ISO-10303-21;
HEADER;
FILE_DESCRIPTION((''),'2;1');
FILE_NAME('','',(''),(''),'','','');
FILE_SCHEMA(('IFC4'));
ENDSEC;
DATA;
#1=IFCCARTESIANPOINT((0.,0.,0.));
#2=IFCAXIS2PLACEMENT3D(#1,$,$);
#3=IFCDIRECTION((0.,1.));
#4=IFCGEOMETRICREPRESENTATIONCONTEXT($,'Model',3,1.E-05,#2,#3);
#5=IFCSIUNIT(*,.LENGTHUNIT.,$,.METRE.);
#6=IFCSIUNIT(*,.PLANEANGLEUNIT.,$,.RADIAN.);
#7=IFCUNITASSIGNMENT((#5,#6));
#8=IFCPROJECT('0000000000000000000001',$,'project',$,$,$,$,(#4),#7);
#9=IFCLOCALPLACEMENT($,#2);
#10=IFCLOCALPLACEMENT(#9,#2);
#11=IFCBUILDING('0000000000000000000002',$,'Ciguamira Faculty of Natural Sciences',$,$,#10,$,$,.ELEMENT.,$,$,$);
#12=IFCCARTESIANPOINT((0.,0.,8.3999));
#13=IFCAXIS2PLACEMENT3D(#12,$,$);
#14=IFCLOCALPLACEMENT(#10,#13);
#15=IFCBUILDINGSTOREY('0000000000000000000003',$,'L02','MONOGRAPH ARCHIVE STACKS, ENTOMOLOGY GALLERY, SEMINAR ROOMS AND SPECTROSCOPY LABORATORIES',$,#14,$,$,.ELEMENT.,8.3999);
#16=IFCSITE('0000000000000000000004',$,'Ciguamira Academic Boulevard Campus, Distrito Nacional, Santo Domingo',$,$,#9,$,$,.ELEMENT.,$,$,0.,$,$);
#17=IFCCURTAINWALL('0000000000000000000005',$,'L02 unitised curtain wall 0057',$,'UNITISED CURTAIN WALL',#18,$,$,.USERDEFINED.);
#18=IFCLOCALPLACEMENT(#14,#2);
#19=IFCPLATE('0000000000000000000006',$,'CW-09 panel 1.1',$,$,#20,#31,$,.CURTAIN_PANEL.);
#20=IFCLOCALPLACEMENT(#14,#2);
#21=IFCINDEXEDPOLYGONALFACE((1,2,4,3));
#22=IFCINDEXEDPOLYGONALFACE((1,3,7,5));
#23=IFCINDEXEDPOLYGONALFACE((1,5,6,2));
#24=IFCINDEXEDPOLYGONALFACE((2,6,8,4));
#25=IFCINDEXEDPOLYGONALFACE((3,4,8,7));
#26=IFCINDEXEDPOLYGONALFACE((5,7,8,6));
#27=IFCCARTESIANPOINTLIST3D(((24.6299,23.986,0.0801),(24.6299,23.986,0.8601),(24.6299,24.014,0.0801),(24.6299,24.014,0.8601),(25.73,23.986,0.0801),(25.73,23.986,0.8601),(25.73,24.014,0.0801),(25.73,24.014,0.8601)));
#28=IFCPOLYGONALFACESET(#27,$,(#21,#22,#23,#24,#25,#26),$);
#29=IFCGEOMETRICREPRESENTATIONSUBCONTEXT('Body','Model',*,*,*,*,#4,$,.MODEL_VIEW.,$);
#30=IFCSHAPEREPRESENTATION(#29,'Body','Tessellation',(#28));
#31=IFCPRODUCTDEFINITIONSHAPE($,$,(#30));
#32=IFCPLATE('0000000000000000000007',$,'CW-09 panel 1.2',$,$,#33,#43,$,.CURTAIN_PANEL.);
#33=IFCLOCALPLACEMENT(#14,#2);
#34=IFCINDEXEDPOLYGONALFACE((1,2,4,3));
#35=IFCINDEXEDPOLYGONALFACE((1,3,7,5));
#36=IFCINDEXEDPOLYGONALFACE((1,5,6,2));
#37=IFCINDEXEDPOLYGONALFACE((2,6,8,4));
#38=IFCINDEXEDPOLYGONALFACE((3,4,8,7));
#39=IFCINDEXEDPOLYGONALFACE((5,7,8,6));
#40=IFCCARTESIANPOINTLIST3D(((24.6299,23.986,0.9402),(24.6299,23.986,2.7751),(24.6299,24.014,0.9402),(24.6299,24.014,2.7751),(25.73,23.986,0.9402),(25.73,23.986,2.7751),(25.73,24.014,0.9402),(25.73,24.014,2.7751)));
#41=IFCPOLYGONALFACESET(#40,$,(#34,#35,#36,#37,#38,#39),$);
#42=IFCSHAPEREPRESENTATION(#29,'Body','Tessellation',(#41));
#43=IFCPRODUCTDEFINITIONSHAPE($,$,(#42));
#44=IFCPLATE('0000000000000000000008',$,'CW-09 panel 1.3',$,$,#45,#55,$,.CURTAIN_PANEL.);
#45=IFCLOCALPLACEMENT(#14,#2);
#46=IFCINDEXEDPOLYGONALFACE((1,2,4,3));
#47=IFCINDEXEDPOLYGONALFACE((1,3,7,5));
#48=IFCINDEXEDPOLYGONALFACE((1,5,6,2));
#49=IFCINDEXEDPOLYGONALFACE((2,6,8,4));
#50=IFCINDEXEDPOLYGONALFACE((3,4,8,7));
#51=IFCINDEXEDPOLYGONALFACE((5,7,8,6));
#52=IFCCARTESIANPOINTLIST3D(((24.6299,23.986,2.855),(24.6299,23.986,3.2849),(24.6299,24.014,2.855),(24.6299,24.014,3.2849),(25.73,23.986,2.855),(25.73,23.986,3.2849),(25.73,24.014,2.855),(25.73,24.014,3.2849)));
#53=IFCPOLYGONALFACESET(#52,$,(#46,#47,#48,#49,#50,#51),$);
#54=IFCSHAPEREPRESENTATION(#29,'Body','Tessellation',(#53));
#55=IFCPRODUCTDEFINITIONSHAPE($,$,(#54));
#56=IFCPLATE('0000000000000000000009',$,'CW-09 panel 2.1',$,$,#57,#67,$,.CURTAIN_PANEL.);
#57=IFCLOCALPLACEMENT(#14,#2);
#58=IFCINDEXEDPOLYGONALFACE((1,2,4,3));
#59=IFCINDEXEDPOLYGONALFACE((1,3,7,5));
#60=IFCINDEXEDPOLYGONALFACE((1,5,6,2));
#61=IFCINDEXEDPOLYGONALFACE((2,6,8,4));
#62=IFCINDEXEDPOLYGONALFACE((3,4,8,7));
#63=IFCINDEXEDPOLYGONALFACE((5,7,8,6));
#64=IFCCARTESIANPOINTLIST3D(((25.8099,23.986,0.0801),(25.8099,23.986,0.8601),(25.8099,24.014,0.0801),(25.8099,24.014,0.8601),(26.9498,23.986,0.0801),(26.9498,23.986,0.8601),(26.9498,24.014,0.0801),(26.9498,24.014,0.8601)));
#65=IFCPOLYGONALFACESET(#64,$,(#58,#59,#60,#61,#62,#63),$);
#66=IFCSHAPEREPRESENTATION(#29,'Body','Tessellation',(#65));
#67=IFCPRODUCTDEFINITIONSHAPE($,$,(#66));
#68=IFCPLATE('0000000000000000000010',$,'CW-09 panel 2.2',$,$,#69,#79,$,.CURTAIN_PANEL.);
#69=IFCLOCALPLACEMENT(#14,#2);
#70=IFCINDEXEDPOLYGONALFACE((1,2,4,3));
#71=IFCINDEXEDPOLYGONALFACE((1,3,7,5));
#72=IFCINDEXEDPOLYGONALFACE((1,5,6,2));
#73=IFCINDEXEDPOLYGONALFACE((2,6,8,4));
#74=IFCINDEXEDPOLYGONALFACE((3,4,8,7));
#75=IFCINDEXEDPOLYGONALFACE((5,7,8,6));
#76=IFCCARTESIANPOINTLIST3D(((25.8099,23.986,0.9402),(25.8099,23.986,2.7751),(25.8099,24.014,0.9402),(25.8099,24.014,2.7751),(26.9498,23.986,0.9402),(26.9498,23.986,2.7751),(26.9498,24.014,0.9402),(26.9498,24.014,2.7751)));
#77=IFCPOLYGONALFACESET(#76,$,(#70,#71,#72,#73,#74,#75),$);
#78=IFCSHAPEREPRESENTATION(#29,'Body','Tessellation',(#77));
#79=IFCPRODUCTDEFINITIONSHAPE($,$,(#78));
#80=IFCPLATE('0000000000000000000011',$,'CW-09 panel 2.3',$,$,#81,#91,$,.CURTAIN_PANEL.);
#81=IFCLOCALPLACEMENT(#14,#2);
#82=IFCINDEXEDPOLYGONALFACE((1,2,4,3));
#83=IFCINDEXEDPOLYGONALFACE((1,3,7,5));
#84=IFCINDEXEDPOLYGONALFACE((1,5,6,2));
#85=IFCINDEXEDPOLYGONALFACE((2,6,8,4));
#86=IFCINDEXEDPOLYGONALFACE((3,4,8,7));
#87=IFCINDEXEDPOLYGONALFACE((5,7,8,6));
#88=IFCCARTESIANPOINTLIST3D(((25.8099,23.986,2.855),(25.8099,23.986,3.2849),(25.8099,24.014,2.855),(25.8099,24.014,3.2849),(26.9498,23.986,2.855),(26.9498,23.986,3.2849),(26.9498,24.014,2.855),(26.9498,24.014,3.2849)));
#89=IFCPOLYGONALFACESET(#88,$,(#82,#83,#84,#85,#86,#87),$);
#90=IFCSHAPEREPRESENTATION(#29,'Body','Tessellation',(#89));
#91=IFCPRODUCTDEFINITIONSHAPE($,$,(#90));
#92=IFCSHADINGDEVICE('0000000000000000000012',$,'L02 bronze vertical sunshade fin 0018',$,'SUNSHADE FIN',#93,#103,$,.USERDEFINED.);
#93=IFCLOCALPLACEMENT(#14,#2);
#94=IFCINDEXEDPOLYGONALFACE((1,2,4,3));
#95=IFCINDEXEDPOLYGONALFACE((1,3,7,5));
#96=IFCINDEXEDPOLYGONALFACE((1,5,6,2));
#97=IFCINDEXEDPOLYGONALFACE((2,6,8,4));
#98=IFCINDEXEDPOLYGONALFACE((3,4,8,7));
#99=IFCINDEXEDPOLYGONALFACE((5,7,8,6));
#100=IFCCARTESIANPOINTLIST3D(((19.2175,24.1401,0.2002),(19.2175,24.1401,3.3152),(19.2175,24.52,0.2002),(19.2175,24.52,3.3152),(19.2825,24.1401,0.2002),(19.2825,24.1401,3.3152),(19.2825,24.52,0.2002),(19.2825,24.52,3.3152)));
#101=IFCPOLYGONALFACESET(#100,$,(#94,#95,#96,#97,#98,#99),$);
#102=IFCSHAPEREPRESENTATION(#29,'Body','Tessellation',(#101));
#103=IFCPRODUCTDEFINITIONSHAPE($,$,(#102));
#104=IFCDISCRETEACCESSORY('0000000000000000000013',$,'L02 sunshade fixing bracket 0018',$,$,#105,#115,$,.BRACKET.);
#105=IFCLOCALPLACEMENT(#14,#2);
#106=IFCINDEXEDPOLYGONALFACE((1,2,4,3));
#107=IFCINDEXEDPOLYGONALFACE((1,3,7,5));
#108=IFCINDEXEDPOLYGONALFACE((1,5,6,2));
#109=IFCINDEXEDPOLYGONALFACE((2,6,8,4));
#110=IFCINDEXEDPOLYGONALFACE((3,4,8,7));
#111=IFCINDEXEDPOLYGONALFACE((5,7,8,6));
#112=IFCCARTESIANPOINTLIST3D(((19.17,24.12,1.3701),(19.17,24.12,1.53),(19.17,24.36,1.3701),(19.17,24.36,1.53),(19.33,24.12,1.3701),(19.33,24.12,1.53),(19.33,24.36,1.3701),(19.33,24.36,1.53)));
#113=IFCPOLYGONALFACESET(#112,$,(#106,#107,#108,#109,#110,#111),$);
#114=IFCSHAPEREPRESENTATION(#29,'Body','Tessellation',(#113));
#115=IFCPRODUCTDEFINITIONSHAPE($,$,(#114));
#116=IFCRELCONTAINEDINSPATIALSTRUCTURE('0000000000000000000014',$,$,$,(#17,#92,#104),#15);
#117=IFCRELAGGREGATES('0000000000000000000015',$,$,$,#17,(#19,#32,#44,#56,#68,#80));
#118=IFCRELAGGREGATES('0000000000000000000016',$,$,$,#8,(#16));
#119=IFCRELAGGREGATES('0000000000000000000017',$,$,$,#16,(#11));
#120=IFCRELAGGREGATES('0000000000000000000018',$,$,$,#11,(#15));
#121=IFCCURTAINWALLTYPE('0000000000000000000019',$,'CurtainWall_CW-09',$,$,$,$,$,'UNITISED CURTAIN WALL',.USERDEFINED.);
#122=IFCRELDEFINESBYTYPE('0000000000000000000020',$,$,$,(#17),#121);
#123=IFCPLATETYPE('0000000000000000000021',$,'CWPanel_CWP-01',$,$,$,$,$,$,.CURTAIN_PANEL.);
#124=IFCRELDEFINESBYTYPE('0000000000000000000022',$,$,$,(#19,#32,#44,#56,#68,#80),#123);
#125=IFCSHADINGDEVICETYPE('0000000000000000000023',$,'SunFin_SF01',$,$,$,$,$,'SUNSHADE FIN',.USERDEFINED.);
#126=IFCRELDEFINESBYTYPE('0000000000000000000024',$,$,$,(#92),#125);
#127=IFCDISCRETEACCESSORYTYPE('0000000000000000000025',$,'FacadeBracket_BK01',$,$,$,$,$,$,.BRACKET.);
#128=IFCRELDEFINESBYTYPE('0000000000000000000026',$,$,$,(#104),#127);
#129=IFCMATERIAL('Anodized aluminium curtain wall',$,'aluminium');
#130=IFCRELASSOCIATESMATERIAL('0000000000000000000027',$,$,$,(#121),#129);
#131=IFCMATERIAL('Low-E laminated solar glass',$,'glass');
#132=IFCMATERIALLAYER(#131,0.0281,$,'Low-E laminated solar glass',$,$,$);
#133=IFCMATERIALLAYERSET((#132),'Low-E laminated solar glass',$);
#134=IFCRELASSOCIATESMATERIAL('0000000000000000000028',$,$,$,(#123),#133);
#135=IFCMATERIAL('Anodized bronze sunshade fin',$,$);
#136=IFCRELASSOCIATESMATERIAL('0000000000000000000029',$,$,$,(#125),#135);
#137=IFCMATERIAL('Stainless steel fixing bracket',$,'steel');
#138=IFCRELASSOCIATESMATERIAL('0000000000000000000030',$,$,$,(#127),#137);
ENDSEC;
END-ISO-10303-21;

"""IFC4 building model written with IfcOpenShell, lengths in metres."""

from ifc_helpers import new_model, si_unit, direction, frame, origin, origin_2d, place, context, subcontext, project, spatial, rectangle, extrude, material, layer, layer_set, material_profile, profile_set, type_object, element, aggregate, save


model = new_model("IFC4")

# Units and contexts
model_context = context("Model", 3, precision=1e-05, world=origin(), true_north=direction((0.0, 1.0)))
body_context = subcontext(model_context, "Body", "Model", "MODEL_VIEW")
ifc_project = project(units=[si_unit("LENGTHUNIT", "METRE"), si_unit("PLANEANGLEUNIT", "RADIAN")], contexts=[model_context])

# Site, building, storey
site_placement = place(None, origin())
site = spatial("IfcSite", under=ifc_project, at=site_placement, Name="Ciguamira Academic Boulevard Campus, Distrito Nacional, Santo Domingo", CompositionType="ELEMENT", RefElevation=0.0)
building_placement = place(site_placement, origin())
building = spatial("IfcBuilding", under=site, at=building_placement, Name="Ciguamira Faculty of Natural Sciences", CompositionType="ELEMENT")
storey_placement = place(building_placement, frame((0.0, 0.0, 8.3999)))
storey = spatial("IfcBuildingStorey", under=building, at=storey_placement, Name="L02", Description="MONOGRAPH ARCHIVE STACKS, ENTOMOLOGY GALLERY, SEMINAR ROOMS AND SPECTROSCOPY LABORATORIES", CompositionType="ELEMENT", Elevation=8.3999)

# Curtain wall
ifc_material_1 = material(Name="Anodized aluminium curtain wall", Category="aluminium")
curtain_wall_type = type_object("IfcCurtainWallType", Name="CurtainWall_CW-09", ElementType="UNITISED CURTAIN WALL", PredefinedType="USERDEFINED", material=ifc_material_1)
curtain_wall_placement = place(storey_placement, origin())
curtain_wall = element("IfcCurtainWall", 1, at=curtain_wall_placement, inside=storey, type_object=curtain_wall_type, Name="L02 unitised curtain wall 0057", ObjectType="UNITISED CURTAIN WALL", PredefinedType="USERDEFINED")

# Plates
ifc_material_2 = material(Name="Low-E laminated solar glass", Category="glass")
ifc_layer = layer(ifc_material_2, 0.0281, Name="Low-E laminated solar glass")
ifc_layer_set = layer_set([ifc_layer], Name="Low-E laminated solar glass")
plate_type = type_object("IfcPlateType", Name="CWPanel_CWP-01", PredefinedType="CURTAIN_PANEL", material=ifc_layer_set)
plate_1_placement = place(storey_placement, frame((25.1799, 24.0, 0.0801), z_axis=(0.0, 0.0, 1.0), x_axis=(1.0, 0.0, 0.0)))
plate_1 = element("IfcPlate", 2, at=plate_1_placement, type_object=plate_type, Name="CW-09 panel 1.1", PredefinedType="CURTAIN_PANEL", context=body_context, shape_type="SweptSolid", body=[
    extrude(rectangle(XDim=1.1001, YDim=0.0281, at=origin_2d()), origin(), (0.0, 0.0, 1.0), 0.78),
])
plate_2_placement = place(storey_placement, frame((25.1799, 24.0, 0.9402), z_axis=(0.0, 0.0, 1.0), x_axis=(1.0, 0.0, 0.0)))
plate_2 = element("IfcPlate", 3, at=plate_2_placement, type_object=plate_type, Name="CW-09 panel 1.2", PredefinedType="CURTAIN_PANEL", context=body_context, shape_type="SweptSolid", body=[
    extrude(rectangle(XDim=1.1001, YDim=0.0281, at=origin_2d()), origin(), (0.0, 0.0, 1.0), 1.835),
])
plate_3_placement = place(storey_placement, frame((25.1799, 24.0, 2.855), z_axis=(0.0, 0.0, 1.0), x_axis=(1.0, 0.0, 0.0)))
plate_3 = element("IfcPlate", 4, at=plate_3_placement, type_object=plate_type, Name="CW-09 panel 1.3", PredefinedType="CURTAIN_PANEL", context=body_context, shape_type="SweptSolid", body=[
    extrude(rectangle(XDim=1.1001, YDim=0.0281, at=origin_2d()), origin(), (0.0, 0.0, 1.0), 0.4299),
])
plate_4_placement = place(storey_placement, frame((26.3799, 24.0, 0.0801), z_axis=(0.0, 0.0, 1.0), x_axis=(1.0, 0.0, 0.0)))
plate_4 = element("IfcPlate", 5, at=plate_4_placement, type_object=plate_type, Name="CW-09 panel 2.1", PredefinedType="CURTAIN_PANEL", context=body_context, shape_type="SweptSolid", body=[
    extrude(rectangle(XDim=1.1399, YDim=0.0281, at=origin_2d()), origin(), (0.0, 0.0, 1.0), 0.78),
])
plate_5_placement = place(storey_placement, frame((26.3799, 24.0, 0.9402), z_axis=(0.0, 0.0, 1.0), x_axis=(1.0, 0.0, 0.0)))
plate_5 = element("IfcPlate", 6, at=plate_5_placement, type_object=plate_type, Name="CW-09 panel 2.2", PredefinedType="CURTAIN_PANEL", context=body_context, shape_type="SweptSolid", body=[
    extrude(rectangle(XDim=1.1399, YDim=0.0281, at=origin_2d()), origin(), (0.0, 0.0, 1.0), 1.835),
])
plate_6_placement = place(storey_placement, frame((26.3799, 24.0, 2.855), z_axis=(0.0, 0.0, 1.0), x_axis=(1.0, 0.0, 0.0)))
plate_6 = element("IfcPlate", 7, at=plate_6_placement, type_object=plate_type, Name="CW-09 panel 2.3", PredefinedType="CURTAIN_PANEL", context=body_context, shape_type="SweptSolid", body=[
    extrude(rectangle(XDim=1.1399, YDim=0.0281, at=origin_2d()), origin(), (0.0, 0.0, 1.0), 0.4299),
])
aggregate(curtain_wall, [plate_1, plate_2, plate_3, plate_4, plate_5, plate_6])

# Shading device
ifc_material_3 = material(Name="Anodized bronze sunshade fin")
ifc_material_profile_1 = material_profile(ifc_material_3, rectangle(XDim=0.0649, YDim=0.3799, at=origin_2d()), Name="BRZ-FIN-65X380")
ifc_profile_set_1 = profile_set([ifc_material_profile_1], Name="Anodized bronze sunshade fin")
shading_device_type = type_object("IfcShadingDeviceType", Name="SunFin_SF01", ElementType="SUNSHADE FIN", PredefinedType="USERDEFINED", material=ifc_profile_set_1)
shading_device_placement = place(storey_placement, frame((19.25, 24.3301, 0.2002), z_axis=(0.0, 0.0, 1.0), x_axis=(1.0, 0.0, 0.0)))
element("IfcShadingDevice", 8, at=shading_device_placement, inside=storey, type_object=shading_device_type, Name="L02 bronze vertical sunshade fin 0018", ObjectType="SUNSHADE FIN", PredefinedType="USERDEFINED", context=body_context, shape_type="SweptSolid", body=[
    extrude(rectangle(XDim=0.0649, YDim=0.3799, at=origin_2d()), origin(), (0.0, 0.0, 1.0), 3.115),
])

# Discrete accessory
ifc_material_4 = material(Name="Stainless steel fixing bracket", Category="steel")
discrete_accessory_type = type_object("IfcDiscreteAccessoryType", Name="FacadeBracket_BK01", PredefinedType="BRACKET", material=ifc_material_4)
discrete_accessory_placement = place(storey_placement, frame((19.25, 24.24, 1.3701), z_axis=(0.0, 0.0, 1.0), x_axis=(1.0, 0.0, 0.0)))
element("IfcDiscreteAccessory", 9, at=discrete_accessory_placement, inside=storey, type_object=discrete_accessory_type, Name="L02 sunshade fixing bracket 0018", PredefinedType="BRACKET", context=body_context, shape_type="SweptSolid", body=[
    extrude(rectangle(XDim=0.1599, YDim=0.24, at=origin_2d()), origin(), (0.0, 0.0, 1.0), 0.1599),
])

save(model, "model.ifc")
